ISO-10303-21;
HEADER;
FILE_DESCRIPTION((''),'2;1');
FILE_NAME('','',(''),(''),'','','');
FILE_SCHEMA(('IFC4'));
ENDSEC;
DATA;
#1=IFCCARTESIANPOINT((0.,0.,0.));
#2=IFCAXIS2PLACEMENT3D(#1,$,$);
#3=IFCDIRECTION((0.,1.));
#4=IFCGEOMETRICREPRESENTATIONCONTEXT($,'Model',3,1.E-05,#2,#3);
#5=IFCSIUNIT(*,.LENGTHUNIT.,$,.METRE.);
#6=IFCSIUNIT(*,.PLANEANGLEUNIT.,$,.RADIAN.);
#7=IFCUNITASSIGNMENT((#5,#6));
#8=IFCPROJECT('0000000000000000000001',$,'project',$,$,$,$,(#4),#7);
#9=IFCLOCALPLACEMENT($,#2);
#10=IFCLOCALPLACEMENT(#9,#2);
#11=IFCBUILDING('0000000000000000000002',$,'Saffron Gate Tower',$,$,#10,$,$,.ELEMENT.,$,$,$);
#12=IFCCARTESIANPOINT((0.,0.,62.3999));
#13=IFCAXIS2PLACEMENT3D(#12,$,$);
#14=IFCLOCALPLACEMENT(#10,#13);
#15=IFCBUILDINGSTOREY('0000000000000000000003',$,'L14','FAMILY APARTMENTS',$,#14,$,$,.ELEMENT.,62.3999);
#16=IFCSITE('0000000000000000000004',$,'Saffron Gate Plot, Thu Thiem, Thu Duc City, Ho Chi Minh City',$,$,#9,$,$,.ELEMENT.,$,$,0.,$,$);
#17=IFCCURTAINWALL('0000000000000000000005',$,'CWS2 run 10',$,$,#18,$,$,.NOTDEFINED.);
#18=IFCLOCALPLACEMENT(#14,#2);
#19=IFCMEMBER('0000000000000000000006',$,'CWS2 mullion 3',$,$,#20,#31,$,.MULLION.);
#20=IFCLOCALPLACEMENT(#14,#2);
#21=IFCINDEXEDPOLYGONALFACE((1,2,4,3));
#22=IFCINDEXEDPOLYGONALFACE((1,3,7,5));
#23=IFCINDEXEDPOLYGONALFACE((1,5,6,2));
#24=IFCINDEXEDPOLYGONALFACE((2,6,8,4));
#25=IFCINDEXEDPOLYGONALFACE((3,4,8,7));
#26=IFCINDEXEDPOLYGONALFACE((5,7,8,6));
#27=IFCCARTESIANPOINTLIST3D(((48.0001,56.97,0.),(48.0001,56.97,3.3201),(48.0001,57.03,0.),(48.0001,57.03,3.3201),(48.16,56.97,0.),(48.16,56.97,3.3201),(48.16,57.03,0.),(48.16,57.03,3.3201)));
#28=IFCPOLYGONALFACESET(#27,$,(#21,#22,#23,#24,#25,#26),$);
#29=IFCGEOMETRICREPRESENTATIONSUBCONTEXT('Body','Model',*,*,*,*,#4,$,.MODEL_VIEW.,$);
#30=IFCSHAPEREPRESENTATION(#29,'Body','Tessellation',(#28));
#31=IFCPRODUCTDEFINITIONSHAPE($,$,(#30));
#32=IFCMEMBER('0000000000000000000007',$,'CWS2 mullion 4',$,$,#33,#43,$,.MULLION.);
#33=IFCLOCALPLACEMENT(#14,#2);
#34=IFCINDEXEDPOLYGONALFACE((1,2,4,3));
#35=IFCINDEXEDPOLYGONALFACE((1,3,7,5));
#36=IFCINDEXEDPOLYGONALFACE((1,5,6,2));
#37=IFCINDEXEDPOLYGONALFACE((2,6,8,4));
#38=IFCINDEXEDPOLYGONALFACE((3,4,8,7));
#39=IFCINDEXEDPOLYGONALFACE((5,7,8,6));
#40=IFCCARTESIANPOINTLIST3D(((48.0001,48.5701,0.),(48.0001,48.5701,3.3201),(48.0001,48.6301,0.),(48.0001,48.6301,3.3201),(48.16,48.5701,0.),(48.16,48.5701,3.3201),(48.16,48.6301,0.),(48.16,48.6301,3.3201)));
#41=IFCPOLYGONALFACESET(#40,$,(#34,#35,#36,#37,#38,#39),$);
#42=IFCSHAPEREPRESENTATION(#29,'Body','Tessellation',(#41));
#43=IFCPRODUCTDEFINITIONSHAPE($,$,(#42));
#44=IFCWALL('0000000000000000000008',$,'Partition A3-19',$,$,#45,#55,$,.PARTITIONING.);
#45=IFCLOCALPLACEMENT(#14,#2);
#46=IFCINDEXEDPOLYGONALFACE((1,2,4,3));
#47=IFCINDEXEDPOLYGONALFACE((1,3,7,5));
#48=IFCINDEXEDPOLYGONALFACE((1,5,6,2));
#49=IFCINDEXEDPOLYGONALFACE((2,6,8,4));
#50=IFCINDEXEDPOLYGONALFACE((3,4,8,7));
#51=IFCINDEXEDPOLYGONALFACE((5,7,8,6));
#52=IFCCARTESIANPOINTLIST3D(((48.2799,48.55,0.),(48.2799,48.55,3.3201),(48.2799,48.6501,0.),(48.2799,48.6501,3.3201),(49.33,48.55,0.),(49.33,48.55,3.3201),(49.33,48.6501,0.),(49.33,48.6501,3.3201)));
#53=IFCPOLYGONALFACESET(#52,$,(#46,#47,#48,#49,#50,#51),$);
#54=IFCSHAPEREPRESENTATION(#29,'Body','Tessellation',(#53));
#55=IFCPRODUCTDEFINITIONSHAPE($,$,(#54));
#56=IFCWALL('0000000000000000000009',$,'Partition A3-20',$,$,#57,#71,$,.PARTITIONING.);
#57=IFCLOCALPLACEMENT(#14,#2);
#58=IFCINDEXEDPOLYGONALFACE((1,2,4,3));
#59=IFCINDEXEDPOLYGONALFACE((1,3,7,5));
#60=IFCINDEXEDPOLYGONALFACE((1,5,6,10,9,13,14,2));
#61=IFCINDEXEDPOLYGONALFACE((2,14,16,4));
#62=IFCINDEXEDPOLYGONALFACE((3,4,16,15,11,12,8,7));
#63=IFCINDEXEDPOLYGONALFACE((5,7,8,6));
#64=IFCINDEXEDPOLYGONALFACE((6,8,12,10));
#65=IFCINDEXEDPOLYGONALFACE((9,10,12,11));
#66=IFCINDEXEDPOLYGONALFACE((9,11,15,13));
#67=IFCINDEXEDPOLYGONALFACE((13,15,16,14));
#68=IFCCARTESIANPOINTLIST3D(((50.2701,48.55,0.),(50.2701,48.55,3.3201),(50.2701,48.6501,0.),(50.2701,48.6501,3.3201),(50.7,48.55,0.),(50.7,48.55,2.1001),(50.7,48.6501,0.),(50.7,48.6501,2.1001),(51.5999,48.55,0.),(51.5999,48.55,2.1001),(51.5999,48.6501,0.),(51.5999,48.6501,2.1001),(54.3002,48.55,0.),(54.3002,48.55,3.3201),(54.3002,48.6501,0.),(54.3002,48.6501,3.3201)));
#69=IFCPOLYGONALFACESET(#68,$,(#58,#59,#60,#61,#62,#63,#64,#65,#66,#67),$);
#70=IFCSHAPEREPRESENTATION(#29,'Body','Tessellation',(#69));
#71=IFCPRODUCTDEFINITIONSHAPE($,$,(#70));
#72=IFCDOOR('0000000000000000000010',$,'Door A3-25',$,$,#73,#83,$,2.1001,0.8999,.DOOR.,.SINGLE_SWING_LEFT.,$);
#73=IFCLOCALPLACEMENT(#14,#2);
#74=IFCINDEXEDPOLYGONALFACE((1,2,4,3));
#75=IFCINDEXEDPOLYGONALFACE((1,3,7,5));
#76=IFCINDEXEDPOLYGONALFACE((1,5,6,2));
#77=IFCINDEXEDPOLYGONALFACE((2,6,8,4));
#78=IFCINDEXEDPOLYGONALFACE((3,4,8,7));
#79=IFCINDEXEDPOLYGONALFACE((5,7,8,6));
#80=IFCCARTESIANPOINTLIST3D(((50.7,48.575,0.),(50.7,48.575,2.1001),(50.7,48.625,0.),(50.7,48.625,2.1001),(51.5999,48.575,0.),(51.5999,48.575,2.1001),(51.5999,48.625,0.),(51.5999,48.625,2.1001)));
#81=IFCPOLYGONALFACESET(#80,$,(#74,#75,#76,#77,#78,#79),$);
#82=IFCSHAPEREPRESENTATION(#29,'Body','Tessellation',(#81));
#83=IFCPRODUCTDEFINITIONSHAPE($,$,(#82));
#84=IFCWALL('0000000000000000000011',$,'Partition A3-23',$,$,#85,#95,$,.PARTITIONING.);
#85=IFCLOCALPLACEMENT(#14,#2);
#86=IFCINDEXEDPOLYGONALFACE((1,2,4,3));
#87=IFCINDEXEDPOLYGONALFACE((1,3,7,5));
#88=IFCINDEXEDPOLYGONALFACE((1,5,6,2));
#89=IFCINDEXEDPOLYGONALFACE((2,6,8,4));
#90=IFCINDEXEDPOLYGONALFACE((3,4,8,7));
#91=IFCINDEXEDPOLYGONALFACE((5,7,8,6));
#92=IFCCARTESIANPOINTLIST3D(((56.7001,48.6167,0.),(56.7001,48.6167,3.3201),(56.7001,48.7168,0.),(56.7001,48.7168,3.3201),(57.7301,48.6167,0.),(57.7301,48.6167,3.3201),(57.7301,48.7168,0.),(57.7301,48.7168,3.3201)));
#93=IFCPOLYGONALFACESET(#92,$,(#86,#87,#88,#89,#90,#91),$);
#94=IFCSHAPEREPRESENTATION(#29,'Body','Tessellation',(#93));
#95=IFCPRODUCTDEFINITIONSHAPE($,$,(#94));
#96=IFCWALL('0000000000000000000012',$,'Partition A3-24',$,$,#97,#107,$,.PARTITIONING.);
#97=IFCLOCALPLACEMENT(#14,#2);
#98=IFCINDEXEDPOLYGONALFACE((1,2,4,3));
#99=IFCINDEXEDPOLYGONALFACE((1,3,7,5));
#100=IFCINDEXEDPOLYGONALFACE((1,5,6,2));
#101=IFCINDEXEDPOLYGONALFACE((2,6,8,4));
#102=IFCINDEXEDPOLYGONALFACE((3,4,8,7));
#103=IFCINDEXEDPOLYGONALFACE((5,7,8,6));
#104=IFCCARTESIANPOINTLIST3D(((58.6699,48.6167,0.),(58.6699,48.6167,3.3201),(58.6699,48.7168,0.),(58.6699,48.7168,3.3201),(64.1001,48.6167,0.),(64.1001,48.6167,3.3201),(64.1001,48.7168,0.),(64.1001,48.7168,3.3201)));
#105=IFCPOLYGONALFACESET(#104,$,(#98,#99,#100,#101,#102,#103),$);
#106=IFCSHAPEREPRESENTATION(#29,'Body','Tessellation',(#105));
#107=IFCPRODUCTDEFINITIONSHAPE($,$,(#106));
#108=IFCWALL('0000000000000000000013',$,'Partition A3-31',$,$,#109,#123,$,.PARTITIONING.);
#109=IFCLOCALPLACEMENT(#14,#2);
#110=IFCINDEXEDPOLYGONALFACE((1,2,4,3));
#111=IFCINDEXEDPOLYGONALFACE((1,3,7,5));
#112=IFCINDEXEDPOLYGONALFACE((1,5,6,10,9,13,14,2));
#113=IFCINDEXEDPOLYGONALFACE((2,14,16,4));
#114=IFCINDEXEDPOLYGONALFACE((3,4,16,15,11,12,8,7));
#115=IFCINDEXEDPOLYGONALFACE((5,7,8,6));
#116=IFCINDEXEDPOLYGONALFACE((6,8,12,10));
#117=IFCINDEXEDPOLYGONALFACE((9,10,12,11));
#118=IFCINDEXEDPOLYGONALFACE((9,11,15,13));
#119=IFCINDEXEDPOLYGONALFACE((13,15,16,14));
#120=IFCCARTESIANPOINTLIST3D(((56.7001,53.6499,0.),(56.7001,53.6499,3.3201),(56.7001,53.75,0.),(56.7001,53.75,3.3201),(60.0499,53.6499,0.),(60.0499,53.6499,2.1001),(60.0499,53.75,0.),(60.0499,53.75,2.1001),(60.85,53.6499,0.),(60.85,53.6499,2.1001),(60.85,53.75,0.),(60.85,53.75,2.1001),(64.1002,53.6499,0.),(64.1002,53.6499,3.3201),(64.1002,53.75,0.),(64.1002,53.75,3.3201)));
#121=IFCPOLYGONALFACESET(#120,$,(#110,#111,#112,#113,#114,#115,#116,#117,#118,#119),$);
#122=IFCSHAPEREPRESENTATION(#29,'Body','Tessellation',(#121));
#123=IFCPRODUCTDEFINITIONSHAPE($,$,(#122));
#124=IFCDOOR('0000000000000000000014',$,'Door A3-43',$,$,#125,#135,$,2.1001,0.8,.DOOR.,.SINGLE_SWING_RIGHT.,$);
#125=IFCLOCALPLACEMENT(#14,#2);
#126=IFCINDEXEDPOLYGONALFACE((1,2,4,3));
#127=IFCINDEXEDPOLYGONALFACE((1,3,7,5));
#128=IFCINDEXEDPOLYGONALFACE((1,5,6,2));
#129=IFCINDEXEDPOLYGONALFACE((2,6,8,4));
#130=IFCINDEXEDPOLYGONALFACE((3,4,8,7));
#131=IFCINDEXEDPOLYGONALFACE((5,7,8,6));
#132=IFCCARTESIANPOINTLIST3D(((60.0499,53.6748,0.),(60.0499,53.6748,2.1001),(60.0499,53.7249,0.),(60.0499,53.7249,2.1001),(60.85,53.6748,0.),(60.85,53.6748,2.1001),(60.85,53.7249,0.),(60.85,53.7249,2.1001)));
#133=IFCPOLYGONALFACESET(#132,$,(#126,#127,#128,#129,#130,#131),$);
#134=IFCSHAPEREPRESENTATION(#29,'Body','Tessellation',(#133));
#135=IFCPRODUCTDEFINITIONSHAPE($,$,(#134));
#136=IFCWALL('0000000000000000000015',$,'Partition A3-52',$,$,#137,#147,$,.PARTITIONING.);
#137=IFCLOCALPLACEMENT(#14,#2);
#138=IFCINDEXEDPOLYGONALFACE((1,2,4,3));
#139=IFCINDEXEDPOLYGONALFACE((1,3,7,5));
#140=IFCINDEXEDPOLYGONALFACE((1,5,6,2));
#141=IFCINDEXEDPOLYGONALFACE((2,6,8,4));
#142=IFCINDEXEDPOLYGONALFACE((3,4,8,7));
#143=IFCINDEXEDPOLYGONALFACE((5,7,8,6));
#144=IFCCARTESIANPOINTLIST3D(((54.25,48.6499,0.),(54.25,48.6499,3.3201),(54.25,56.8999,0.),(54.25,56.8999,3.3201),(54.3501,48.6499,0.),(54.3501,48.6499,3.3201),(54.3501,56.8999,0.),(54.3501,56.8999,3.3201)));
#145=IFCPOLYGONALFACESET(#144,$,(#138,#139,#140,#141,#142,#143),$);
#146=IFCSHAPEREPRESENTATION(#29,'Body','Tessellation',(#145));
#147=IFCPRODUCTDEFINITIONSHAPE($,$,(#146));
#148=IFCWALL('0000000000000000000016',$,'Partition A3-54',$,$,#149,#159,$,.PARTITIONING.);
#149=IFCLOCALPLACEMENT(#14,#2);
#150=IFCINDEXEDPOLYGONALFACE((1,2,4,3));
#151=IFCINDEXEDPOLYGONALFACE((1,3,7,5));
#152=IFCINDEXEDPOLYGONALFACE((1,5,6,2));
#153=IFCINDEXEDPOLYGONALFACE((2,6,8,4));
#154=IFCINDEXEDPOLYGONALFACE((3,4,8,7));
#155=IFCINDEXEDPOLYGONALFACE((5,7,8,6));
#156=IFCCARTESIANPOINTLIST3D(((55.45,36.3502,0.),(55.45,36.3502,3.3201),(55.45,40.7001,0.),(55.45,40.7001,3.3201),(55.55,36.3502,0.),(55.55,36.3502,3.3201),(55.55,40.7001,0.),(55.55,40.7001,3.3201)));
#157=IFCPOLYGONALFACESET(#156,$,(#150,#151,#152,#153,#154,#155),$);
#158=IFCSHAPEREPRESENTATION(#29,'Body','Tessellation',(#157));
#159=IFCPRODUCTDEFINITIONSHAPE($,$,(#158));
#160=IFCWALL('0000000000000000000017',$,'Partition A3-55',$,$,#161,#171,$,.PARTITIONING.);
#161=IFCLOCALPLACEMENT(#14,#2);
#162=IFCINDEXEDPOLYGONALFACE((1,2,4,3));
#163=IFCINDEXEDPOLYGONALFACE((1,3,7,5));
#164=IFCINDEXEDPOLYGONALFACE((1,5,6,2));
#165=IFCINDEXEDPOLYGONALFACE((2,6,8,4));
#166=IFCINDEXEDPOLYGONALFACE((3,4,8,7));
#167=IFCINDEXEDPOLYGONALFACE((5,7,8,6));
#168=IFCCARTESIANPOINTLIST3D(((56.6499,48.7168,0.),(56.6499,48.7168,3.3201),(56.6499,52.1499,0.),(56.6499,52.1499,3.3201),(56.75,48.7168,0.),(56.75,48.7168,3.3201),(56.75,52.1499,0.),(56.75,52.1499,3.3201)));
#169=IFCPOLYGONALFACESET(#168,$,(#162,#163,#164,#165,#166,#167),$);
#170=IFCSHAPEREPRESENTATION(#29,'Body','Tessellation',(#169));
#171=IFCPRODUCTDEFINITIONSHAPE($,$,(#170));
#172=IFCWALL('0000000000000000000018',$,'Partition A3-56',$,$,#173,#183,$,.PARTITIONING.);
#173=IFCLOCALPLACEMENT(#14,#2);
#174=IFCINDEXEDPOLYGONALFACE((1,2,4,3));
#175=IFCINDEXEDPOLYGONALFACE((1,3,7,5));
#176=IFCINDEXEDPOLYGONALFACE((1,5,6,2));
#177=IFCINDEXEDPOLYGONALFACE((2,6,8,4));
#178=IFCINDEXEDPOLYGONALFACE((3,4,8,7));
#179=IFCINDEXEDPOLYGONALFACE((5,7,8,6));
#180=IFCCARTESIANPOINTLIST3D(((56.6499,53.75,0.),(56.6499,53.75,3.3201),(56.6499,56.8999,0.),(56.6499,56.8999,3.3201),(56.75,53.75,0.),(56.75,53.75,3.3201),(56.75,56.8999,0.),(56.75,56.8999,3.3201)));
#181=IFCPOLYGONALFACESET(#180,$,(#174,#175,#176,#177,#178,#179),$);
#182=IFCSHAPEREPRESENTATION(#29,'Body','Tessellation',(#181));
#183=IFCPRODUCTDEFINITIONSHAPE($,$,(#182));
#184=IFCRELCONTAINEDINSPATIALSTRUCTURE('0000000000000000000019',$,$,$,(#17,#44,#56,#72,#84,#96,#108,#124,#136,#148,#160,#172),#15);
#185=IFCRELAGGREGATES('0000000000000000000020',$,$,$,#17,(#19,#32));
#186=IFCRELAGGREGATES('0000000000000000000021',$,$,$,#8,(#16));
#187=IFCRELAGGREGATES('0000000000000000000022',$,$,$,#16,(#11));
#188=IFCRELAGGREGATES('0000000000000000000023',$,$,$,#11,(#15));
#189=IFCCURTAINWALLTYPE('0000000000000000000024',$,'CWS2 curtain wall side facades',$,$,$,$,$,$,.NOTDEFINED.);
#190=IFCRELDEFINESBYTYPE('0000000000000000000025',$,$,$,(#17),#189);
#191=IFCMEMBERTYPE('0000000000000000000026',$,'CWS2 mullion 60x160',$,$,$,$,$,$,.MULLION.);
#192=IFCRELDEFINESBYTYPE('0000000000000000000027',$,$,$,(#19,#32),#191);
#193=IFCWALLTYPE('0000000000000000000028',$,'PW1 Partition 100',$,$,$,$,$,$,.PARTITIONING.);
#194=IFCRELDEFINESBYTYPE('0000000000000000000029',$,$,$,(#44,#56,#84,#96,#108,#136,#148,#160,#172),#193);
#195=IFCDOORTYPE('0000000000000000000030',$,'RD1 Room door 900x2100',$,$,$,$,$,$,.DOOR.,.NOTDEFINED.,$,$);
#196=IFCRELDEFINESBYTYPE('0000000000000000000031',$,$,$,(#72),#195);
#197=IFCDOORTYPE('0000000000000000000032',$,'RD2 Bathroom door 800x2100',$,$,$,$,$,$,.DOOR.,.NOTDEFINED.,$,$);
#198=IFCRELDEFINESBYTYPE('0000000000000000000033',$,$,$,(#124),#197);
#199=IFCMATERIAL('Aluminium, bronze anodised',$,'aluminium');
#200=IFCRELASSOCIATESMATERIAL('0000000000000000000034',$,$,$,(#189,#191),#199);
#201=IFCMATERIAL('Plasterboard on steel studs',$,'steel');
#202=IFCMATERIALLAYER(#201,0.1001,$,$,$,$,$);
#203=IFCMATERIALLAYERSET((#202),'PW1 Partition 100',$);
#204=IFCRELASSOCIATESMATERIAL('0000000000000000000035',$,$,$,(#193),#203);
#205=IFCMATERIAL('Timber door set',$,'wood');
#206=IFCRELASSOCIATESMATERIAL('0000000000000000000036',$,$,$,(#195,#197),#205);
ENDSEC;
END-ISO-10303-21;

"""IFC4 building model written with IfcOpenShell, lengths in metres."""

from ifc_helpers import new_model, si_unit, direction, frame, frame_2d, origin, origin_2d, place, context, subcontext, project, spatial, rectangle, extrude, material, layer, layer_set, material_profile, profile_set, type_object, element, fill, aggregate, save


model = new_model("IFC4")

# Units and contexts
model_context = context("Model", 3, precision=1e-05, world=origin(), true_north=direction((0.0, 1.0)))
body_context = subcontext(model_context, "Body", "Model", "MODEL_VIEW")
ifc_project = project(units=[si_unit("LENGTHUNIT", "METRE"), si_unit("PLANEANGLEUNIT", "RADIAN")], contexts=[model_context])

# Site, building, storey
site_placement = place(None, origin())
site = spatial("IfcSite", under=ifc_project, at=site_placement, Name="Saffron Gate Plot, Thu Thiem, Thu Duc City, Ho Chi Minh City", CompositionType="ELEMENT", RefElevation=0.0)
building_placement = place(site_placement, origin())
building = spatial("IfcBuilding", under=site, at=building_placement, Name="Saffron Gate Tower", CompositionType="ELEMENT")
storey_placement = place(building_placement, frame((0.0, 0.0, 62.3999)))
storey = spatial("IfcBuildingStorey", under=building, at=storey_placement, Name="L14", Description="FAMILY APARTMENTS", CompositionType="ELEMENT", Elevation=62.3999)

# Curtain wall, members
ifc_material_1 = material(Name="Aluminium, bronze anodised", Category="aluminium")
curtain_wall_type = type_object("IfcCurtainWallType", Name="CWS2 curtain wall side facades", PredefinedType="NOTDEFINED", material=ifc_material_1)
curtain_wall_placement = place(storey_placement, origin())
curtain_wall = element("IfcCurtainWall", 1, at=curtain_wall_placement, inside=storey, type_object=curtain_wall_type, Name="CWS2 run 10", PredefinedType="NOTDEFINED")
ifc_material_profile_1 = material_profile(ifc_material_1, rectangle(XDim=0.1599, YDim=0.0601, at=origin_2d()))
ifc_profile_set_1 = profile_set([ifc_material_profile_1], Name="Aluminium, bronze anodised")
member_type = type_object("IfcMemberType", Name="CWS2 mullion 60x160", PredefinedType="MULLION", material=ifc_profile_set_1)
member_1_placement = place(storey_placement, frame((48.0801, 57.0, 0.0), z_axis=(0.0, 0.0, 1.0), x_axis=(1.0, 0.0, 0.0)))
member_1 = element("IfcMember", 2, at=member_1_placement, type_object=member_type, Name="CWS2 mullion 3", PredefinedType="MULLION", context=body_context, shape_type="SweptSolid", body=[
    extrude(rectangle(XDim=0.1599, YDim=0.0601, at=origin_2d()), origin(), (0.0, 0.0, 1.0), 3.3201),
])
member_2_placement = place(storey_placement, frame((48.0801, 48.6001, 0.0), z_axis=(0.0, 0.0, 1.0), x_axis=(1.0, 0.0, 0.0)))
member_2 = element("IfcMember", 3, at=member_2_placement, type_object=member_type, Name="CWS2 mullion 4", PredefinedType="MULLION", context=body_context, shape_type="SweptSolid", body=[
    extrude(rectangle(XDim=0.1599, YDim=0.0601, at=origin_2d()), origin(), (0.0, 0.0, 1.0), 3.3201),
])
aggregate(curtain_wall, [member_1, member_2])

# Wall
ifc_material_2 = material(Name="Plasterboard on steel studs", Category="steel")
ifc_layer_1 = layer(ifc_material_2, 0.1001)
ifc_layer_set_1 = layer_set([ifc_layer_1], Name="PW1 Partition 100")
wall_type_1 = type_object("IfcWallType", Name="PW1 Partition 100", PredefinedType="PARTITIONING", material=ifc_layer_set_1)
wall_1_placement = place(storey_placement, frame((48.28, 48.6001, 0.0), z_axis=(0.0, 0.0, 1.0), x_axis=(1.0, 0.0, 0.0)))
element("IfcWall", 4, at=wall_1_placement, inside=storey, type_object=wall_type_1, Name="Partition A3-19", PredefinedType="PARTITIONING", context=body_context, shape_type="SweptSolid", body=[
    extrude(rectangle(XDim=1.05, YDim=0.1001, at=frame_2d((0.5249, 0.0))), origin(), (0.0, 0.0, 1.0), 3.3201),
])

# Wall, opening, door
wall_2_placement = place(storey_placement, frame((50.27, 48.6001, 0.0), z_axis=(0.0, 0.0, 1.0), x_axis=(1.0, 0.0, 0.0)))
wall_2 = element("IfcWall", 5, at=wall_2_placement, inside=storey, type_object=wall_type_1, Name="Partition A3-20", PredefinedType="PARTITIONING", context=body_context, shape_type="SweptSolid", body=[
    extrude(rectangle(XDim=4.03, YDim=0.1001, at=frame_2d((2.0151, 0.0))), origin(), (0.0, 0.0, 1.0), 3.3201),
])
opening_1_placement = place(wall_2_placement, frame((0.4299, 0.0, 0.0)))
opening_1 = element("IfcOpeningElement", 6, at=opening_1_placement, cuts=wall_2, PredefinedType="OPENING", context=body_context, shape_type="SweptSolid", body=[
    extrude(rectangle(XDim=0.8999, YDim=2.1001, at=frame_2d((0.45, 1.05))), frame((0.0, 0.0601, 0.0), z_axis=(0.0, -1.0, 0.0), x_axis=(1.0, 0.0, 0.0)), (0.0, 0.0, 1.0), 0.1201),
])
ifc_material_3 = material(Name="Timber door set", Category="wood")
door_type_1 = type_object("IfcDoorType", Name="RD1 Room door 900x2100", OperationType="NOTDEFINED", PredefinedType="DOOR", material=ifc_material_3)
door_1_placement = place(opening_1_placement, origin())
door_1 = element("IfcDoor", 7, at=door_1_placement, inside=storey, type_object=door_type_1, Name="Door A3-25", OperationType="SINGLE_SWING_LEFT", OverallHeight=2.1001, OverallWidth=0.8999, PredefinedType="DOOR", context=body_context, shape_type="SweptSolid", body=[
    extrude(rectangle(XDim=0.8999, YDim=2.1001, at=frame_2d((0.45, 1.05))), frame((0.0, 0.0249, 0.0), z_axis=(0.0, -1.0, 0.0), x_axis=(1.0, 0.0, 0.0)), (0.0, 0.0, 1.0), 0.05),
])
fill(opening_1, door_1)

# Walls
wall_3_placement = place(storey_placement, frame((56.7, 48.6667, 0.0), z_axis=(0.0, 0.0, 1.0), x_axis=(1.0, 0.0, 0.0)))
element("IfcWall", 8, at=wall_3_placement, inside=storey, type_object=wall_type_1, Name="Partition A3-23", PredefinedType="PARTITIONING", context=body_context, shape_type="SweptSolid", body=[
    extrude(rectangle(XDim=1.03, YDim=0.1001, at=frame_2d((0.5151, 0.0))), origin(), (0.0, 0.0, 1.0), 3.3201),
])
wall_4_placement = place(storey_placement, frame((58.6699, 48.6667, 0.0), z_axis=(0.0, 0.0, 1.0), x_axis=(1.0, 0.0, 0.0)))
element("IfcWall", 9, at=wall_4_placement, inside=storey, type_object=wall_type_1, Name="Partition A3-24", PredefinedType="PARTITIONING", context=body_context, shape_type="SweptSolid", body=[
    extrude(rectangle(XDim=5.4302, YDim=0.1001, at=frame_2d((2.7151, 0.0))), origin(), (0.0, 0.0, 1.0), 3.3201),
])

# Wall, opening, door
wall_5_placement = place(storey_placement, frame((56.7, 53.7, 0.0), z_axis=(0.0, 0.0, 1.0), x_axis=(1.0, 0.0, 0.0)))
wall_5 = element("IfcWall", 10, at=wall_5_placement, inside=storey, type_object=wall_type_1, Name="Partition A3-31", PredefinedType="PARTITIONING", context=body_context, shape_type="SweptSolid", body=[
    extrude(rectangle(XDim=7.4001, YDim=0.1001, at=frame_2d((3.7002, 0.0))), origin(), (0.0, 0.0, 1.0), 3.3201),
])
opening_2_placement = place(wall_5_placement, frame((3.3501, 0.0, 0.0)))
opening_2 = element("IfcOpeningElement", 11, at=opening_2_placement, cuts=wall_5, PredefinedType="OPENING", context=body_context, shape_type="SweptSolid", body=[
    extrude(rectangle(XDim=0.8, YDim=2.1001, at=frame_2d((0.3999, 1.05))), frame((0.0, 0.0601, 0.0), z_axis=(0.0, -1.0, 0.0), x_axis=(1.0, 0.0, 0.0)), (0.0, 0.0, 1.0), 0.1201),
])
door_type_2 = type_object("IfcDoorType", Name="RD2 Bathroom door 800x2100", OperationType="NOTDEFINED", PredefinedType="DOOR", material=ifc_material_3)
door_2_placement = place(opening_2_placement, origin())
door_2 = element("IfcDoor", 12, at=door_2_placement, inside=storey, type_object=door_type_2, Name="Door A3-43", OperationType="SINGLE_SWING_RIGHT", OverallHeight=2.1001, OverallWidth=0.8, PredefinedType="DOOR", context=body_context, shape_type="SweptSolid", body=[
    extrude(rectangle(XDim=0.8, YDim=2.1001, at=frame_2d((0.3999, 1.05))), frame((0.0, 0.0249, 0.0), z_axis=(0.0, -1.0, 0.0), x_axis=(1.0, 0.0, 0.0)), (0.0, 0.0, 1.0), 0.05),
])
fill(opening_2, door_2)

# Walls
wall_6_placement = place(storey_placement, frame((54.3, 56.8999, 0.0), z_axis=(0.0, 0.0, 1.0), x_axis=(0.0, -1.0, 0.0)))
element("IfcWall", 13, at=wall_6_placement, inside=storey, type_object=wall_type_1, Name="Partition A3-52", PredefinedType="PARTITIONING", context=body_context, shape_type="SweptSolid", body=[
    extrude(rectangle(XDim=8.25, YDim=0.1001, at=frame_2d((4.125, 0.0))), origin(), (0.0, 0.0, 1.0), 3.3201),
])
wall_7_placement = place(storey_placement, frame((55.5, 40.7, 0.0), z_axis=(0.0, 0.0, 1.0), x_axis=(0.0, -1.0, 0.0)))
element("IfcWall", 14, at=wall_7_placement, inside=storey, type_object=wall_type_1, Name="Partition A3-54", PredefinedType="PARTITIONING", context=body_context, shape_type="SweptSolid", body=[
    extrude(rectangle(XDim=4.3499, YDim=0.1001, at=frame_2d((2.1748, 0.0))), origin(), (0.0, 0.0, 1.0), 3.3201),
])
wall_8_placement = place(storey_placement, frame((56.7, 52.1499, 0.0), z_axis=(0.0, 0.0, 1.0), x_axis=(0.0, -1.0, 0.0)))
element("IfcWall", 15, at=wall_8_placement, inside=storey, type_object=wall_type_1, Name="Partition A3-55", PredefinedType="PARTITIONING", context=body_context, shape_type="SweptSolid", body=[
    extrude(rectangle(XDim=3.4331, YDim=0.1001, at=frame_2d((1.7166, 0.0))), origin(), (0.0, 0.0, 1.0), 3.3201),
])
wall_9_placement = place(storey_placement, frame((56.7, 56.8999, 0.0), z_axis=(0.0, 0.0, 1.0), x_axis=(0.0, -1.0, 0.0)))
element("IfcWall", 16, at=wall_9_placement, inside=storey, type_object=wall_type_1, Name="Partition A3-56", PredefinedType="PARTITIONING", context=body_context, shape_type="SweptSolid", body=[
    extrude(rectangle(XDim=3.1499, YDim=0.1001, at=frame_2d((1.575, 0.0))), origin(), (0.0, 0.0, 1.0), 3.3201),
])

save(model, "model.ifc")
